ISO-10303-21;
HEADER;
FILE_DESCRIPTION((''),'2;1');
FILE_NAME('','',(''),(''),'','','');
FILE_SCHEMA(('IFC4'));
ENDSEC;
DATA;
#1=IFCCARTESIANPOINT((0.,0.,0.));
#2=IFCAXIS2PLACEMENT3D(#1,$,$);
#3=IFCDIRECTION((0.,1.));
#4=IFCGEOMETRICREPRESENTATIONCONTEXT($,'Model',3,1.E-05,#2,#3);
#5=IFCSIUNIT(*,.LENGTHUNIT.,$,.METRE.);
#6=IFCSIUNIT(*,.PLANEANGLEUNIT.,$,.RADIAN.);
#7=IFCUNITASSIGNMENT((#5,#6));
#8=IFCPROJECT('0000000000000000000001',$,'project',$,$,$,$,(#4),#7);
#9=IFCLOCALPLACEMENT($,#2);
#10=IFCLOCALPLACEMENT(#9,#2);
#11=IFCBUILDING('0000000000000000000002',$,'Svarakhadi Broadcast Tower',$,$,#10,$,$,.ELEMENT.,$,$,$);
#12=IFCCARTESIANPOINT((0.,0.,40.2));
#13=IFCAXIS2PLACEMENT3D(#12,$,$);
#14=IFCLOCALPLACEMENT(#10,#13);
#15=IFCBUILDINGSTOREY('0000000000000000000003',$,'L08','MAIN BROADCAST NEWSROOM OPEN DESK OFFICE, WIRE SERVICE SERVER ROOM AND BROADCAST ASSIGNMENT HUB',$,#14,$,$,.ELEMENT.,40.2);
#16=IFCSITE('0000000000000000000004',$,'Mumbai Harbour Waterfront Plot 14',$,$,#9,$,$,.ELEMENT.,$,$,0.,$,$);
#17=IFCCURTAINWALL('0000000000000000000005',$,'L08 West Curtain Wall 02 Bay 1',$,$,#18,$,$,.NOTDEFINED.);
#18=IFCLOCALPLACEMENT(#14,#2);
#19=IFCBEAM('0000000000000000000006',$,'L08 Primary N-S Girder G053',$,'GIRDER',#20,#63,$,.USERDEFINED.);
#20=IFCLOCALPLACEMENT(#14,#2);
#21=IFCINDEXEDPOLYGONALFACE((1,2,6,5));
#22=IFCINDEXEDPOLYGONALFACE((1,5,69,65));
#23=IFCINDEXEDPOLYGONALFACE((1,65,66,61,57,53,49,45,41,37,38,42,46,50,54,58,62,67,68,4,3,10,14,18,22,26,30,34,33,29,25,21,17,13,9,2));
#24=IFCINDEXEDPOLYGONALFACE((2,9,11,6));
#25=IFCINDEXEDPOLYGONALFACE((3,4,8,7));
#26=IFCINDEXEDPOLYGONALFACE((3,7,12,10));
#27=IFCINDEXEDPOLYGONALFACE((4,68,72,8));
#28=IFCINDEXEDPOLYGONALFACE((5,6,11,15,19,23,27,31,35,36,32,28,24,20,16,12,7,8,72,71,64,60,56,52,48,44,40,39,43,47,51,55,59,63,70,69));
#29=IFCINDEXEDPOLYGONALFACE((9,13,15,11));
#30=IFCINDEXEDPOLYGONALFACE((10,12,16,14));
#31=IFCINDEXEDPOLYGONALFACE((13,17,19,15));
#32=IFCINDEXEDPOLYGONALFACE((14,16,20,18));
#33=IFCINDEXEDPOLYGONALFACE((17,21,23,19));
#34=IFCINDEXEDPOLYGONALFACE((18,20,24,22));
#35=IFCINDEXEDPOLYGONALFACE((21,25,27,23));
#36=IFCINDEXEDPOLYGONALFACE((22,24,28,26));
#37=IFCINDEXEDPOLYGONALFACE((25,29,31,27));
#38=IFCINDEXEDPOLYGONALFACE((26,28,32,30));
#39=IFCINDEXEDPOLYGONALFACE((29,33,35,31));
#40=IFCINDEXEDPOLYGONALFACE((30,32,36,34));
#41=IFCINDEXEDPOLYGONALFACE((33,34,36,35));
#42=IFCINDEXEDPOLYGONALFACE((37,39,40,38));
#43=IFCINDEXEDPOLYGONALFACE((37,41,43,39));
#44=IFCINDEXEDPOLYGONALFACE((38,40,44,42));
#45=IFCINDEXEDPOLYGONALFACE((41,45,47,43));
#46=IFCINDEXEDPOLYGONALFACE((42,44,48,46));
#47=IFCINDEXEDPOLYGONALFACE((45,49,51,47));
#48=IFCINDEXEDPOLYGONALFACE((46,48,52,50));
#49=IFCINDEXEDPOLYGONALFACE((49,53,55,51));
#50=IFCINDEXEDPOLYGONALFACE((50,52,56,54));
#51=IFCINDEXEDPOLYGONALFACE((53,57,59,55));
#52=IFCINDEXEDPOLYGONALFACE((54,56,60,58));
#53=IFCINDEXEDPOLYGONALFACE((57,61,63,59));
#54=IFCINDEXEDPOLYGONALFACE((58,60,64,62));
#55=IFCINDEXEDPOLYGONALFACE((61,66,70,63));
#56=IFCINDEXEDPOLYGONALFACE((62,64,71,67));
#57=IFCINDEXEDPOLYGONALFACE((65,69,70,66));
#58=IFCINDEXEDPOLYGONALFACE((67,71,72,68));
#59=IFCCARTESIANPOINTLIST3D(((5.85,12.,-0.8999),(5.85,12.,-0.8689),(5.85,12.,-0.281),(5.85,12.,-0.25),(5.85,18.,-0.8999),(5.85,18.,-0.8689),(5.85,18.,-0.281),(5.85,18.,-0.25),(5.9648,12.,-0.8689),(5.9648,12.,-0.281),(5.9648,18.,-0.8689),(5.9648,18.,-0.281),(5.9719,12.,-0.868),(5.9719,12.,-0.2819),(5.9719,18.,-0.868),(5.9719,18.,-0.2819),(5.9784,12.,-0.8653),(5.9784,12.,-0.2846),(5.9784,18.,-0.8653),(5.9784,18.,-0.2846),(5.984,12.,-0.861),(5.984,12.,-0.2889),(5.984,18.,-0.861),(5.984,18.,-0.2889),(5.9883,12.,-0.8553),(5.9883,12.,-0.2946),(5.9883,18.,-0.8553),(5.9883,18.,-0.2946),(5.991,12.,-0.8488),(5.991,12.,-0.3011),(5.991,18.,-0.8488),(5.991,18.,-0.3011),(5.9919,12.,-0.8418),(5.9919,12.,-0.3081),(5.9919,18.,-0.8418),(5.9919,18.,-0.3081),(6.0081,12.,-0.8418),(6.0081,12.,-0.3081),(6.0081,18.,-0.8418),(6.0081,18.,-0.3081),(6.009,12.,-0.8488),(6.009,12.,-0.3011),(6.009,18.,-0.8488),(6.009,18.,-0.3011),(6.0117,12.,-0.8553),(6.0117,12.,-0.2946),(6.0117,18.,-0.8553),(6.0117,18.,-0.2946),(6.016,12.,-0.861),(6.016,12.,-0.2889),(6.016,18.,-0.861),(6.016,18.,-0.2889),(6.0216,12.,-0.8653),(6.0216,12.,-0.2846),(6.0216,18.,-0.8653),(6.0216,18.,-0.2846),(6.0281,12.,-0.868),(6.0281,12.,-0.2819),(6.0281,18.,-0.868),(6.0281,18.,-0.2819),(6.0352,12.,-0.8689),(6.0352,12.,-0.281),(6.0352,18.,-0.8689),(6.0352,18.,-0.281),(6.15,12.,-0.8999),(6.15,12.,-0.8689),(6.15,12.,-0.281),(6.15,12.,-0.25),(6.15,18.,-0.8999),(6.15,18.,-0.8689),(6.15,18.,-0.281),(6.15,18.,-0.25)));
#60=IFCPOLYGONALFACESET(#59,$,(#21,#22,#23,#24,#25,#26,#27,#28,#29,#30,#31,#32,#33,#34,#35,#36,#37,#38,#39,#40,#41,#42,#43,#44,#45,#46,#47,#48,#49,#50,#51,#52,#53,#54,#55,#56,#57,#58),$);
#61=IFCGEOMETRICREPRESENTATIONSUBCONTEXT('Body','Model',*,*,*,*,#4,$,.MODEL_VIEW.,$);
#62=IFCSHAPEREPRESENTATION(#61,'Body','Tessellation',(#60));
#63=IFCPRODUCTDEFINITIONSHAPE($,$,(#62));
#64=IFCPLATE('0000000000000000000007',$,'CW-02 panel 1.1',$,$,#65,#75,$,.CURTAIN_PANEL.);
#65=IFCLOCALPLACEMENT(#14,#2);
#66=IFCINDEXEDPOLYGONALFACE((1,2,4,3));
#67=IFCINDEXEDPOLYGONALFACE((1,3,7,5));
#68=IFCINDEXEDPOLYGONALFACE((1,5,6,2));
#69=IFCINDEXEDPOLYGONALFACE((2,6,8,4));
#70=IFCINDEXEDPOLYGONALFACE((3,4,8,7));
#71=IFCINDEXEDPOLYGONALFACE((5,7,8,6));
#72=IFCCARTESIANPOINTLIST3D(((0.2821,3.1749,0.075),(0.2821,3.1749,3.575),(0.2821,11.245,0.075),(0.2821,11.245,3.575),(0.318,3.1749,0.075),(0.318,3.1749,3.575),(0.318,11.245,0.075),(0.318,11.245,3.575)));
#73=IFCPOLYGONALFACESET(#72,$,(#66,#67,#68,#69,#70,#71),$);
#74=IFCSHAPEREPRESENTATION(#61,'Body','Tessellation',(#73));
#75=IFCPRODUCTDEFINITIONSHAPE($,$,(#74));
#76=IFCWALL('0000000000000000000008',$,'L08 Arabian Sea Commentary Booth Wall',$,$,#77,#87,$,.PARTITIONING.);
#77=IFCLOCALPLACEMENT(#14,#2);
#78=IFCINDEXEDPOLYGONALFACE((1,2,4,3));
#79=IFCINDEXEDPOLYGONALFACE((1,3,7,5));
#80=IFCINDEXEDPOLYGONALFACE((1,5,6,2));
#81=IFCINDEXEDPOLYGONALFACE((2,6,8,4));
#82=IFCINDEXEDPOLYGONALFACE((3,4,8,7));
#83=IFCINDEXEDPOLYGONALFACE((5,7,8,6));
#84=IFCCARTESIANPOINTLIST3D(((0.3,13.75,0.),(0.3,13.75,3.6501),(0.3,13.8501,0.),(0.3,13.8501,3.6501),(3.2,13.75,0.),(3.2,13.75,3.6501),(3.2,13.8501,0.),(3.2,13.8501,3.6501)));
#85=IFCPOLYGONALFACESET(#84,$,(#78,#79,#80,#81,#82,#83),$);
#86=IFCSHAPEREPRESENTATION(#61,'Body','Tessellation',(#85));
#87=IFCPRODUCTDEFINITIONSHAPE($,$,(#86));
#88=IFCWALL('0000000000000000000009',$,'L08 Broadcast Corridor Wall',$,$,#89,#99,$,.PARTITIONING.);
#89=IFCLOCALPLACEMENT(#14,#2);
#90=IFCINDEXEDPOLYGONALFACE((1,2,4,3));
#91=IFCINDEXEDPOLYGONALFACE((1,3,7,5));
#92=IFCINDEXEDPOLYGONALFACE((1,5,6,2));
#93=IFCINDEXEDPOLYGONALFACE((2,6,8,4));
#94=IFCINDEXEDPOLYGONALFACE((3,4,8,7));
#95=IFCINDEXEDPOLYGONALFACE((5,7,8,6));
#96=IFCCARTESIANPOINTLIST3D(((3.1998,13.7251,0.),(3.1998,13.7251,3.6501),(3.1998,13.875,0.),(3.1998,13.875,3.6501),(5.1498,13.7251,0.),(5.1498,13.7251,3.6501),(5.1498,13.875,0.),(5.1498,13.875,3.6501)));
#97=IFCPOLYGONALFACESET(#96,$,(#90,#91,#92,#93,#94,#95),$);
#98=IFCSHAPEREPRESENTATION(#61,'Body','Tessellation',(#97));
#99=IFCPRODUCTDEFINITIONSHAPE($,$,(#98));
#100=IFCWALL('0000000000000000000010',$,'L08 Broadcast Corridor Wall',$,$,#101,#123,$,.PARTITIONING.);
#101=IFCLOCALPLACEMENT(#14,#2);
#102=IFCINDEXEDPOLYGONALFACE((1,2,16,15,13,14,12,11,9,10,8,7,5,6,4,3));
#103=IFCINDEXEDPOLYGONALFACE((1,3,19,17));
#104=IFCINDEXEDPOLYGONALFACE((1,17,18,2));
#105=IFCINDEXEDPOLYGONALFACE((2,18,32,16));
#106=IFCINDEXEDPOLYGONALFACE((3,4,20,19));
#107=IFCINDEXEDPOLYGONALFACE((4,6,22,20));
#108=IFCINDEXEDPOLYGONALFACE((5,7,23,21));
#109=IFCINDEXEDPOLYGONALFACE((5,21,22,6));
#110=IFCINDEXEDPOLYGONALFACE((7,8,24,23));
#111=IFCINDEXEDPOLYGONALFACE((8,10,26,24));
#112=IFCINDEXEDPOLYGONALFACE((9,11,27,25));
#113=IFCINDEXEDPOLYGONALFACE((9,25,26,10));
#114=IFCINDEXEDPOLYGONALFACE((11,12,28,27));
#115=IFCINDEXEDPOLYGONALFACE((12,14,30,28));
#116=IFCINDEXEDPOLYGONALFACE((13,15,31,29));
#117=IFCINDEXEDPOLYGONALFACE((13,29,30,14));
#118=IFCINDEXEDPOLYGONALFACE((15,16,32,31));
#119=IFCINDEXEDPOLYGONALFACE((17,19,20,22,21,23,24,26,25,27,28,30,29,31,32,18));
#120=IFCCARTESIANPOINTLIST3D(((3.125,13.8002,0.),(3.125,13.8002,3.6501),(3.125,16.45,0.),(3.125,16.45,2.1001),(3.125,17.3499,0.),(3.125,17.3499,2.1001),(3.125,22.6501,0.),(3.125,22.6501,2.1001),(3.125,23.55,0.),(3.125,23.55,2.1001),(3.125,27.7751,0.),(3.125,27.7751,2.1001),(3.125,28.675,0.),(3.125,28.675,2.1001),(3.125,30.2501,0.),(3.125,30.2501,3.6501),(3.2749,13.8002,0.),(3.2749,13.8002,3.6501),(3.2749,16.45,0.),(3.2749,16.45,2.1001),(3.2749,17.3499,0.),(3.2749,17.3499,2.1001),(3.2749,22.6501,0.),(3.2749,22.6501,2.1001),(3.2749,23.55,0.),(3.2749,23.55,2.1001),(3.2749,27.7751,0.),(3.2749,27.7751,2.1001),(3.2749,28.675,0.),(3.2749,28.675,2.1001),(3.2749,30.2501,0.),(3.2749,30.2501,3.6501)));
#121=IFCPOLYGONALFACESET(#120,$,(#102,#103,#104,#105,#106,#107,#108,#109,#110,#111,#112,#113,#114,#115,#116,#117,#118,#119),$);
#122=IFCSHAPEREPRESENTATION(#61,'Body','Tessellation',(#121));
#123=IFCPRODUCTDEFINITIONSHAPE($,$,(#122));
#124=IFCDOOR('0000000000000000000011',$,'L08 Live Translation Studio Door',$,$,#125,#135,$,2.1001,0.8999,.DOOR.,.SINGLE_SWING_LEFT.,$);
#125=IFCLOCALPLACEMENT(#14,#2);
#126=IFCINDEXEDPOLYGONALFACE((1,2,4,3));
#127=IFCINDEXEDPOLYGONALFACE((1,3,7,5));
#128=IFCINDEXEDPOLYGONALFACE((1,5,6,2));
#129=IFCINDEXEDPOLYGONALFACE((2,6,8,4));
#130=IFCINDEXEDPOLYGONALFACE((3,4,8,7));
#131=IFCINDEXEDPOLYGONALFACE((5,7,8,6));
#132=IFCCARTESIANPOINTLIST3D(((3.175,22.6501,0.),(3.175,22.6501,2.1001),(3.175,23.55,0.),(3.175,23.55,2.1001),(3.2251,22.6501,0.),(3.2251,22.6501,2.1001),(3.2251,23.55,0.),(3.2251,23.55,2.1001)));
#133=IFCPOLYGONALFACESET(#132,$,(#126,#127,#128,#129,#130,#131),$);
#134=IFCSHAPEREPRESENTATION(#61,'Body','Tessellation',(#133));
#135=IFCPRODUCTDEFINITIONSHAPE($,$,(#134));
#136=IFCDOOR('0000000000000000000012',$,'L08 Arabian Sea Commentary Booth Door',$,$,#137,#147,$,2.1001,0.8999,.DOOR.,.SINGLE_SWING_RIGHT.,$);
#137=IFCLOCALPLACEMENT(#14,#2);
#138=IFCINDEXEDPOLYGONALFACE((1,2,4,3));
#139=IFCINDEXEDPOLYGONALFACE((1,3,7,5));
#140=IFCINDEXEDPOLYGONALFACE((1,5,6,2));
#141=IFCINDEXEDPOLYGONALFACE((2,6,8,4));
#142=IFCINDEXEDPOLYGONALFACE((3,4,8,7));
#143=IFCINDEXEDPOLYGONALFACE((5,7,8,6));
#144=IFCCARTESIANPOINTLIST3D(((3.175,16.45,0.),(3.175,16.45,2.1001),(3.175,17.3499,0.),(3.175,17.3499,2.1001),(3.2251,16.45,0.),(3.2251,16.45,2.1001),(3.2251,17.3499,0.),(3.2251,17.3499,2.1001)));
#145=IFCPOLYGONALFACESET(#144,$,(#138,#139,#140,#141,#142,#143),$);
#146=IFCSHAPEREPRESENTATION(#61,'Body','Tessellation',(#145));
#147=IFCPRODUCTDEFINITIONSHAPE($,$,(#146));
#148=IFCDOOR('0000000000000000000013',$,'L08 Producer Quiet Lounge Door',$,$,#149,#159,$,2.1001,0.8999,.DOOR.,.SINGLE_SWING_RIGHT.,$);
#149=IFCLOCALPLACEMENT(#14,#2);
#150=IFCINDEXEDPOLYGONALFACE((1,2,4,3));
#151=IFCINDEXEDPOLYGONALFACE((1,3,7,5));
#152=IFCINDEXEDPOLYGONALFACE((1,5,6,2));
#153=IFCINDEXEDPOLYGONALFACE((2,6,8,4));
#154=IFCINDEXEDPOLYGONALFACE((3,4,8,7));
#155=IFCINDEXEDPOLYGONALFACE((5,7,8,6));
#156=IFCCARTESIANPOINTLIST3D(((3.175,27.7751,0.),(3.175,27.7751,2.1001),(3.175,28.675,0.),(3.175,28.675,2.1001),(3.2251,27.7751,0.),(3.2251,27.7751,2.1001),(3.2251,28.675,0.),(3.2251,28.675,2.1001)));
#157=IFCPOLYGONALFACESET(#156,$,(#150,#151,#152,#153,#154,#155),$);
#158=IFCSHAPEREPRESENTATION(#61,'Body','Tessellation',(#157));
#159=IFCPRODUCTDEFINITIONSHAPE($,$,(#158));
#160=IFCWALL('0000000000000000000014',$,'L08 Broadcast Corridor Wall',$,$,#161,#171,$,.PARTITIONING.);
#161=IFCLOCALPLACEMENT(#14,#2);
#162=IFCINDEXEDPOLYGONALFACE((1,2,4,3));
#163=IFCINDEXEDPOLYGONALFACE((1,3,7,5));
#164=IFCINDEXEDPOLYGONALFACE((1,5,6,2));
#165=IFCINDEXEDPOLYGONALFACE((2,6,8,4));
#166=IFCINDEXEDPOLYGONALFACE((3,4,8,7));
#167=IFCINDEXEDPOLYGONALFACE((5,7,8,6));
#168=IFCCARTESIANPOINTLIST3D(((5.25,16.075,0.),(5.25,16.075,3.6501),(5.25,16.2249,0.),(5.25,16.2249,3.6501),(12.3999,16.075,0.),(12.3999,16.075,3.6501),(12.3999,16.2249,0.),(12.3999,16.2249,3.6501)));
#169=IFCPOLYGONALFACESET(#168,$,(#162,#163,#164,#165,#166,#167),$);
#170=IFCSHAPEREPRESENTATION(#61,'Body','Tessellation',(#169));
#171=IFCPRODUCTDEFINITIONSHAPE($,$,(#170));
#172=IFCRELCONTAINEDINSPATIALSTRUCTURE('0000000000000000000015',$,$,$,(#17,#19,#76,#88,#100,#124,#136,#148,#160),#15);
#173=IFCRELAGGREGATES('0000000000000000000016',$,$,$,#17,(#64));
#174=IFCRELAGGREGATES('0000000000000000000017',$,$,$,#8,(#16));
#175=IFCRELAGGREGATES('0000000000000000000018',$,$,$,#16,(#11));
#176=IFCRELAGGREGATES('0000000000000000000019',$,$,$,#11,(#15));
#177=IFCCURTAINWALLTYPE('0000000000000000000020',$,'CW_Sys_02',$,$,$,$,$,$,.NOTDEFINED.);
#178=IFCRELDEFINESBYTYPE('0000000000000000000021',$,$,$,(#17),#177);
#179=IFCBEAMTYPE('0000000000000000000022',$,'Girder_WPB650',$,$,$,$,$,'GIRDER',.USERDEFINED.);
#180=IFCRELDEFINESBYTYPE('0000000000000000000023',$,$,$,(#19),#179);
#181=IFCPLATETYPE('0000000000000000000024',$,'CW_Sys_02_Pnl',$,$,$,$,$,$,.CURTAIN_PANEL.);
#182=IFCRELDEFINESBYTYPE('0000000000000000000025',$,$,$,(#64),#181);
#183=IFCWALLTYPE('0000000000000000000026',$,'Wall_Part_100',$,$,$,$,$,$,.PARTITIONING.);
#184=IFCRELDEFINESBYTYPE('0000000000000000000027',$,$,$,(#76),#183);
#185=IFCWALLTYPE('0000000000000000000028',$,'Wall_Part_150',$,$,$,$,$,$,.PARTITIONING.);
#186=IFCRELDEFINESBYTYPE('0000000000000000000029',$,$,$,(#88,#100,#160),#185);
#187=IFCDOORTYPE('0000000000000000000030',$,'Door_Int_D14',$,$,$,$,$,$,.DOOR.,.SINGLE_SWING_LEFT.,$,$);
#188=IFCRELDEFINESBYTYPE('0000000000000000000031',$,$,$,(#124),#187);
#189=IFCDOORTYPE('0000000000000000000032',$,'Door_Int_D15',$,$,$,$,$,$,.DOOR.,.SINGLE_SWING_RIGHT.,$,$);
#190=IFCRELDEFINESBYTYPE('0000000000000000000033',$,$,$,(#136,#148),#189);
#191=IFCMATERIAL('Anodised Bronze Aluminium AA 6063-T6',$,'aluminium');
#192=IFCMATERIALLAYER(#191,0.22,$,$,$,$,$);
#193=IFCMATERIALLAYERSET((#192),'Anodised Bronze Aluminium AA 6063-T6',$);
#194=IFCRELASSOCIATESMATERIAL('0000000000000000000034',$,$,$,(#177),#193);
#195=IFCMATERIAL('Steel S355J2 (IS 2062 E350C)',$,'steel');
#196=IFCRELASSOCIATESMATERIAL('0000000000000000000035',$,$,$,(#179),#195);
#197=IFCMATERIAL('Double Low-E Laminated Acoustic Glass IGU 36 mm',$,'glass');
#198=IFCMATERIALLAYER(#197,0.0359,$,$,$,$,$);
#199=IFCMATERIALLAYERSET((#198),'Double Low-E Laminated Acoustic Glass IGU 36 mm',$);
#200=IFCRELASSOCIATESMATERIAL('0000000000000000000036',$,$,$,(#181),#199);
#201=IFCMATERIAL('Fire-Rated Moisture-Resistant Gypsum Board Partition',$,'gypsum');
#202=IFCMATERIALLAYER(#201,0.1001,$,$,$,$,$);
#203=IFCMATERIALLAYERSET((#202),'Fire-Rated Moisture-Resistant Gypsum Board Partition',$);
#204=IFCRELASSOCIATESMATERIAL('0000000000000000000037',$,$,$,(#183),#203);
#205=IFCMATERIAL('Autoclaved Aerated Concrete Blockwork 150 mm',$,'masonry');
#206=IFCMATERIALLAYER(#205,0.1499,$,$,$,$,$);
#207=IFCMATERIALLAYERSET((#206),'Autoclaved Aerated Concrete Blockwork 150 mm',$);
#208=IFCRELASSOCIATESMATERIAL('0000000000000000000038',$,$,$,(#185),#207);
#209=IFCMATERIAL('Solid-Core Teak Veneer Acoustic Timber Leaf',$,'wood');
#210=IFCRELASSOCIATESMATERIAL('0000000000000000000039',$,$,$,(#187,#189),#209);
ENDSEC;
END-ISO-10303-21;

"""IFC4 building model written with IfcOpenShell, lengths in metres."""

from ifc_helpers import new_model, si_unit, direction, frame, frame_2d, origin, origin_2d, place, context, subcontext, project, spatial, rectangle, i_section, extrude, material, layer, layer_set, material_profile, profile_set, type_object, element, fill, aggregate, save


model = new_model("IFC4")

# Units and contexts
model_context = context("Model", 3, precision=1e-05, world=origin(), true_north=direction((0.0, 1.0)))
body_context = subcontext(model_context, "Body", "Model", "MODEL_VIEW")
ifc_project = project(units=[si_unit("LENGTHUNIT", "METRE"), si_unit("PLANEANGLEUNIT", "RADIAN")], contexts=[model_context])

# Site, building, storey
site_placement = place(None, origin())
site = spatial("IfcSite", under=ifc_project, at=site_placement, Name="Mumbai Harbour Waterfront Plot 14", CompositionType="ELEMENT", RefElevation=0.0)
building_placement = place(site_placement, origin())
building = spatial("IfcBuilding", under=site, at=building_placement, Name="Svarakhadi Broadcast Tower", CompositionType="ELEMENT")
storey_placement = place(building_placement, frame((0.0, 0.0, 40.2)))
storey = spatial("IfcBuildingStorey", under=building, at=storey_placement, Name="L08", Description="MAIN BROADCAST NEWSROOM OPEN DESK OFFICE, WIRE SERVICE SERVER ROOM AND BROADCAST ASSIGNMENT HUB", CompositionType="ELEMENT", Elevation=40.2)

# Shared definitions
ifc_material_1 = material(Name="Steel S355J2 (IS 2062 E350C)", Category="steel")

# Curtain wall
ifc_material_2 = material(Name="Anodised Bronze Aluminium AA 6063-T6", Category="aluminium")
ifc_layer_1 = layer(ifc_material_2, 0.22)
ifc_layer_set_1 = layer_set([ifc_layer_1], Name="Anodised Bronze Aluminium AA 6063-T6")
curtain_wall_type = type_object("IfcCurtainWallType", Name="CW_Sys_02", PredefinedType="NOTDEFINED", material=ifc_layer_set_1)
curtain_wall_1_placement = place(storey_placement, origin())
curtain_wall_1 = element("IfcCurtainWall", 1, at=curtain_wall_1_placement, inside=storey, type_object=curtain_wall_type, Name="L08 West Curtain Wall 02 Bay 1", PredefinedType="NOTDEFINED")

# Beam
ifc_material_profile_1 = material_profile(ifc_material_1, i_section(OverallWidth=0.3, OverallDepth=0.6499, WebThickness=0.0161, FlangeThickness=0.031, FilletRadius=0.0271, at=origin_2d()), Name="WPB 650x300x225")
ifc_profile_set_1 = profile_set([ifc_material_profile_1], Name="Steel S355J2 (IS 2062 E350C)")
beam_type_1 = type_object("IfcBeamType", Name="Girder_WPB650", ElementType="GIRDER", PredefinedType="USERDEFINED", material=ifc_profile_set_1)
for number, where, z_axis, x_axis, name in (
    (2, (6.0, 12.0, -0.575), (0.0, 1.0, 0.0), (-1.0, 0.0, 0.0), "L08 Primary N-S Girder G053"),
):
    element("IfcBeam", number, at=place(storey_placement, frame(where, z_axis=z_axis, x_axis=x_axis)), inside=storey, type_object=beam_type_1, Name=name, ObjectType="GIRDER", PredefinedType="USERDEFINED", context=body_context, shape_type="SweptSolid", body=[
        extrude(i_section(OverallWidth=0.3, OverallDepth=0.6499, WebThickness=0.0161, FlangeThickness=0.031, FilletRadius=0.0271, at=origin_2d()), origin(), (0.0, 0.0, 1.0), 6.0),
    ])

# Plate
ifc_material_3 = material(Name="Double Low-E Laminated Acoustic Glass IGU 36 mm", Category="glass")
ifc_layer_2 = layer(ifc_material_3, 0.0359)
ifc_layer_set_2 = layer_set([ifc_layer_2], Name="Double Low-E Laminated Acoustic Glass IGU 36 mm")
plate_type = type_object("IfcPlateType", Name="CW_Sys_02_Pnl", PredefinedType="CURTAIN_PANEL", material=ifc_layer_set_2)
plate_placement = place(storey_placement, frame((0.3, 7.21, 0.075), z_axis=(0.0, 0.0, 1.0), x_axis=(0.0, 1.0, 0.0)))
plate = element("IfcPlate", 3, at=plate_placement, type_object=plate_type, Name="CW-02 panel 1.1", PredefinedType="CURTAIN_PANEL", context=body_context, shape_type="SweptSolid", body=[
    extrude(rectangle(XDim=8.0701, YDim=0.0359, at=origin_2d()), origin(), (0.0, 0.0, 1.0), 3.5),
])
aggregate(curtain_wall_1, [plate])

# Walls
ifc_material_4 = material(Name="Fire-Rated Moisture-Resistant Gypsum Board Partition", Category="gypsum")
ifc_layer_3 = layer(ifc_material_4, 0.1001)
ifc_layer_set_3 = layer_set([ifc_layer_3], Name="Fire-Rated Moisture-Resistant Gypsum Board Partition")
wall_type_1 = type_object("IfcWallType", Name="Wall_Part_100", PredefinedType="PARTITIONING", material=ifc_layer_set_3)
wall_1_placement = place(storey_placement, frame((0.3, 13.8, 0.0), z_axis=(0.0, 0.0, 1.0), x_axis=(1.0, 0.0, 0.0)))
element("IfcWall", 4, at=wall_1_placement, inside=storey, type_object=wall_type_1, Name="L08 Arabian Sea Commentary Booth Wall", PredefinedType="PARTITIONING", context=body_context, shape_type="SweptSolid", body=[
    extrude(rectangle(XDim=2.8999, YDim=0.1001, at=frame_2d((1.45, 0.0))), origin(), (0.0, 0.0, 1.0), 3.6501),
])
ifc_material_5 = material(Name="Autoclaved Aerated Concrete Blockwork 150 mm", Category="masonry")
ifc_layer_4 = layer(ifc_material_5, 0.1499)
ifc_layer_set_4 = layer_set([ifc_layer_4], Name="Autoclaved Aerated Concrete Blockwork 150 mm")
wall_type_2 = type_object("IfcWallType", Name="Wall_Part_150", PredefinedType="PARTITIONING", material=ifc_layer_set_4)
wall_2_placement = place(storey_placement, frame((5.1499, 13.8, 0.0), z_axis=(0.0, 0.0, 1.0), x_axis=(-1.0, 0.0, 0.0)))
element("IfcWall", 5, at=wall_2_placement, inside=storey, type_object=wall_type_2, Name="L08 Broadcast Corridor Wall", PredefinedType="PARTITIONING", context=body_context, shape_type="SweptSolid", body=[
    extrude(rectangle(XDim=1.95, YDim=0.1499, at=frame_2d((0.9751, 0.0))), origin(), (0.0, 0.0, 1.0), 3.6501),
])

# Wall, openings, doors
wall_3_placement = place(storey_placement, frame((3.2, 13.8, 0.0), z_axis=(0.0, 0.0, 1.0), x_axis=(0.0, 1.0, 0.0)))
wall_3 = element("IfcWall", 6, at=wall_3_placement, inside=storey, type_object=wall_type_2, Name="L08 Broadcast Corridor Wall", PredefinedType="PARTITIONING", context=body_context, shape_type="SweptSolid", body=[
    extrude(rectangle(XDim=16.45, YDim=0.1499, at=frame_2d((8.2251, 0.0))), origin(), (0.0, 0.0, 1.0), 3.6501),
])
opening_1_placement = place(wall_3_placement, frame((2.6499, 0.0, 0.0)))
opening_1 = element("IfcOpeningElement", 7, at=opening_1_placement, cuts=wall_3, PredefinedType="OPENING", context=body_context, shape_type="SweptSolid", body=[
    extrude(rectangle(XDim=0.8999, YDim=2.1001, at=frame_2d((0.45, 1.05))), frame((0.0, 0.085, 0.0), z_axis=(0.0, -1.0, 0.0), x_axis=(1.0, 0.0, 0.0)), (0.0, 0.0, 1.0), 0.1699),
])
opening_2_placement = place(wall_3_placement, frame((8.8501, 0.0, 0.0)))
opening_2 = element("IfcOpeningElement", 8, at=opening_2_placement, cuts=wall_3, PredefinedType="OPENING", context=body_context, shape_type="SweptSolid", body=[
    extrude(rectangle(XDim=0.8999, YDim=2.1001, at=frame_2d((0.45, 1.05))), frame((0.0, 0.085, 0.0), z_axis=(0.0, -1.0, 0.0), x_axis=(1.0, 0.0, 0.0)), (0.0, 0.0, 1.0), 0.1699),
])
opening_3_placement = place(wall_3_placement, frame((13.9751, 0.0, 0.0)))
opening_3 = element("IfcOpeningElement", 9, at=opening_3_placement, cuts=wall_3, PredefinedType="OPENING", context=body_context, shape_type="SweptSolid", body=[
    extrude(rectangle(XDim=0.8999, YDim=2.1001, at=frame_2d((0.45, 1.05))), frame((0.0, 0.085, 0.0), z_axis=(0.0, -1.0, 0.0), x_axis=(1.0, 0.0, 0.0)), (0.0, 0.0, 1.0), 0.1699),
])
ifc_material_6 = material(Name="Solid-Core Teak Veneer Acoustic Timber Leaf", Category="wood")
door_type_1 = type_object("IfcDoorType", Name="Door_Int_D14", OperationType="SINGLE_SWING_LEFT", PredefinedType="DOOR", material=ifc_material_6)
door_1_placement = place(opening_2_placement, origin())
door_1 = element("IfcDoor", 10, at=door_1_placement, inside=storey, type_object=door_type_1, Name="L08 Live Translation Studio Door", OperationType="SINGLE_SWING_LEFT", OverallHeight=2.1001, OverallWidth=0.8999, PredefinedType="DOOR", context=body_context, shape_type="SweptSolid", body=[
    extrude(rectangle(XDim=0.8999, YDim=2.1001, at=frame_2d((0.45, 1.05))), frame((0.0, 0.0249, 0.0), z_axis=(0.0, -1.0, 0.0), x_axis=(1.0, 0.0, 0.0)), (0.0, 0.0, 1.0), 0.05),
])
fill(opening_2, door_1)
door_type_2 = type_object("IfcDoorType", Name="Door_Int_D15", OperationType="SINGLE_SWING_RIGHT", PredefinedType="DOOR", material=ifc_material_6)
door_2_placement = place(opening_1_placement, origin())
door_2 = element("IfcDoor", 11, at=door_2_placement, inside=storey, type_object=door_type_2, Name="L08 Arabian Sea Commentary Booth Door", OperationType="SINGLE_SWING_RIGHT", OverallHeight=2.1001, OverallWidth=0.8999, PredefinedType="DOOR", context=body_context, shape_type="SweptSolid", body=[
    extrude(rectangle(XDim=0.8999, YDim=2.1001, at=frame_2d((0.45, 1.05))), frame((0.0, 0.0249, 0.0), z_axis=(0.0, -1.0, 0.0), x_axis=(1.0, 0.0, 0.0)), (0.0, 0.0, 1.0), 0.05),
])
fill(opening_1, door_2)
door_3_placement = place(opening_3_placement, origin())
door_3 = element("IfcDoor", 12, at=door_3_placement, inside=storey, type_object=door_type_2, Name="L08 Producer Quiet Lounge Door", OperationType="SINGLE_SWING_RIGHT", OverallHeight=2.1001, OverallWidth=0.8999, PredefinedType="DOOR", context=body_context, shape_type="SweptSolid", body=[
    extrude(rectangle(XDim=0.8999, YDim=2.1001, at=frame_2d((0.45, 1.05))), frame((0.0, 0.0249, 0.0), z_axis=(0.0, -1.0, 0.0), x_axis=(1.0, 0.0, 0.0)), (0.0, 0.0, 1.0), 0.05),
])
fill(opening_3, door_3)

# Wall
wall_4_placement = place(storey_placement, frame((5.25, 16.1499, 0.0), z_axis=(0.0, 0.0, 1.0), x_axis=(1.0, 0.0, 0.0)))
element("IfcWall", 13, at=wall_4_placement, inside=storey, type_object=wall_type_2, Name="L08 Broadcast Corridor Wall", PredefinedType="PARTITIONING", context=body_context, shape_type="SweptSolid", body=[
    extrude(rectangle(XDim=7.1499, YDim=0.1499, at=frame_2d((3.575, 0.0))), origin(), (0.0, 0.0, 1.0), 3.6501),
])

save(model, "model.ifc")
